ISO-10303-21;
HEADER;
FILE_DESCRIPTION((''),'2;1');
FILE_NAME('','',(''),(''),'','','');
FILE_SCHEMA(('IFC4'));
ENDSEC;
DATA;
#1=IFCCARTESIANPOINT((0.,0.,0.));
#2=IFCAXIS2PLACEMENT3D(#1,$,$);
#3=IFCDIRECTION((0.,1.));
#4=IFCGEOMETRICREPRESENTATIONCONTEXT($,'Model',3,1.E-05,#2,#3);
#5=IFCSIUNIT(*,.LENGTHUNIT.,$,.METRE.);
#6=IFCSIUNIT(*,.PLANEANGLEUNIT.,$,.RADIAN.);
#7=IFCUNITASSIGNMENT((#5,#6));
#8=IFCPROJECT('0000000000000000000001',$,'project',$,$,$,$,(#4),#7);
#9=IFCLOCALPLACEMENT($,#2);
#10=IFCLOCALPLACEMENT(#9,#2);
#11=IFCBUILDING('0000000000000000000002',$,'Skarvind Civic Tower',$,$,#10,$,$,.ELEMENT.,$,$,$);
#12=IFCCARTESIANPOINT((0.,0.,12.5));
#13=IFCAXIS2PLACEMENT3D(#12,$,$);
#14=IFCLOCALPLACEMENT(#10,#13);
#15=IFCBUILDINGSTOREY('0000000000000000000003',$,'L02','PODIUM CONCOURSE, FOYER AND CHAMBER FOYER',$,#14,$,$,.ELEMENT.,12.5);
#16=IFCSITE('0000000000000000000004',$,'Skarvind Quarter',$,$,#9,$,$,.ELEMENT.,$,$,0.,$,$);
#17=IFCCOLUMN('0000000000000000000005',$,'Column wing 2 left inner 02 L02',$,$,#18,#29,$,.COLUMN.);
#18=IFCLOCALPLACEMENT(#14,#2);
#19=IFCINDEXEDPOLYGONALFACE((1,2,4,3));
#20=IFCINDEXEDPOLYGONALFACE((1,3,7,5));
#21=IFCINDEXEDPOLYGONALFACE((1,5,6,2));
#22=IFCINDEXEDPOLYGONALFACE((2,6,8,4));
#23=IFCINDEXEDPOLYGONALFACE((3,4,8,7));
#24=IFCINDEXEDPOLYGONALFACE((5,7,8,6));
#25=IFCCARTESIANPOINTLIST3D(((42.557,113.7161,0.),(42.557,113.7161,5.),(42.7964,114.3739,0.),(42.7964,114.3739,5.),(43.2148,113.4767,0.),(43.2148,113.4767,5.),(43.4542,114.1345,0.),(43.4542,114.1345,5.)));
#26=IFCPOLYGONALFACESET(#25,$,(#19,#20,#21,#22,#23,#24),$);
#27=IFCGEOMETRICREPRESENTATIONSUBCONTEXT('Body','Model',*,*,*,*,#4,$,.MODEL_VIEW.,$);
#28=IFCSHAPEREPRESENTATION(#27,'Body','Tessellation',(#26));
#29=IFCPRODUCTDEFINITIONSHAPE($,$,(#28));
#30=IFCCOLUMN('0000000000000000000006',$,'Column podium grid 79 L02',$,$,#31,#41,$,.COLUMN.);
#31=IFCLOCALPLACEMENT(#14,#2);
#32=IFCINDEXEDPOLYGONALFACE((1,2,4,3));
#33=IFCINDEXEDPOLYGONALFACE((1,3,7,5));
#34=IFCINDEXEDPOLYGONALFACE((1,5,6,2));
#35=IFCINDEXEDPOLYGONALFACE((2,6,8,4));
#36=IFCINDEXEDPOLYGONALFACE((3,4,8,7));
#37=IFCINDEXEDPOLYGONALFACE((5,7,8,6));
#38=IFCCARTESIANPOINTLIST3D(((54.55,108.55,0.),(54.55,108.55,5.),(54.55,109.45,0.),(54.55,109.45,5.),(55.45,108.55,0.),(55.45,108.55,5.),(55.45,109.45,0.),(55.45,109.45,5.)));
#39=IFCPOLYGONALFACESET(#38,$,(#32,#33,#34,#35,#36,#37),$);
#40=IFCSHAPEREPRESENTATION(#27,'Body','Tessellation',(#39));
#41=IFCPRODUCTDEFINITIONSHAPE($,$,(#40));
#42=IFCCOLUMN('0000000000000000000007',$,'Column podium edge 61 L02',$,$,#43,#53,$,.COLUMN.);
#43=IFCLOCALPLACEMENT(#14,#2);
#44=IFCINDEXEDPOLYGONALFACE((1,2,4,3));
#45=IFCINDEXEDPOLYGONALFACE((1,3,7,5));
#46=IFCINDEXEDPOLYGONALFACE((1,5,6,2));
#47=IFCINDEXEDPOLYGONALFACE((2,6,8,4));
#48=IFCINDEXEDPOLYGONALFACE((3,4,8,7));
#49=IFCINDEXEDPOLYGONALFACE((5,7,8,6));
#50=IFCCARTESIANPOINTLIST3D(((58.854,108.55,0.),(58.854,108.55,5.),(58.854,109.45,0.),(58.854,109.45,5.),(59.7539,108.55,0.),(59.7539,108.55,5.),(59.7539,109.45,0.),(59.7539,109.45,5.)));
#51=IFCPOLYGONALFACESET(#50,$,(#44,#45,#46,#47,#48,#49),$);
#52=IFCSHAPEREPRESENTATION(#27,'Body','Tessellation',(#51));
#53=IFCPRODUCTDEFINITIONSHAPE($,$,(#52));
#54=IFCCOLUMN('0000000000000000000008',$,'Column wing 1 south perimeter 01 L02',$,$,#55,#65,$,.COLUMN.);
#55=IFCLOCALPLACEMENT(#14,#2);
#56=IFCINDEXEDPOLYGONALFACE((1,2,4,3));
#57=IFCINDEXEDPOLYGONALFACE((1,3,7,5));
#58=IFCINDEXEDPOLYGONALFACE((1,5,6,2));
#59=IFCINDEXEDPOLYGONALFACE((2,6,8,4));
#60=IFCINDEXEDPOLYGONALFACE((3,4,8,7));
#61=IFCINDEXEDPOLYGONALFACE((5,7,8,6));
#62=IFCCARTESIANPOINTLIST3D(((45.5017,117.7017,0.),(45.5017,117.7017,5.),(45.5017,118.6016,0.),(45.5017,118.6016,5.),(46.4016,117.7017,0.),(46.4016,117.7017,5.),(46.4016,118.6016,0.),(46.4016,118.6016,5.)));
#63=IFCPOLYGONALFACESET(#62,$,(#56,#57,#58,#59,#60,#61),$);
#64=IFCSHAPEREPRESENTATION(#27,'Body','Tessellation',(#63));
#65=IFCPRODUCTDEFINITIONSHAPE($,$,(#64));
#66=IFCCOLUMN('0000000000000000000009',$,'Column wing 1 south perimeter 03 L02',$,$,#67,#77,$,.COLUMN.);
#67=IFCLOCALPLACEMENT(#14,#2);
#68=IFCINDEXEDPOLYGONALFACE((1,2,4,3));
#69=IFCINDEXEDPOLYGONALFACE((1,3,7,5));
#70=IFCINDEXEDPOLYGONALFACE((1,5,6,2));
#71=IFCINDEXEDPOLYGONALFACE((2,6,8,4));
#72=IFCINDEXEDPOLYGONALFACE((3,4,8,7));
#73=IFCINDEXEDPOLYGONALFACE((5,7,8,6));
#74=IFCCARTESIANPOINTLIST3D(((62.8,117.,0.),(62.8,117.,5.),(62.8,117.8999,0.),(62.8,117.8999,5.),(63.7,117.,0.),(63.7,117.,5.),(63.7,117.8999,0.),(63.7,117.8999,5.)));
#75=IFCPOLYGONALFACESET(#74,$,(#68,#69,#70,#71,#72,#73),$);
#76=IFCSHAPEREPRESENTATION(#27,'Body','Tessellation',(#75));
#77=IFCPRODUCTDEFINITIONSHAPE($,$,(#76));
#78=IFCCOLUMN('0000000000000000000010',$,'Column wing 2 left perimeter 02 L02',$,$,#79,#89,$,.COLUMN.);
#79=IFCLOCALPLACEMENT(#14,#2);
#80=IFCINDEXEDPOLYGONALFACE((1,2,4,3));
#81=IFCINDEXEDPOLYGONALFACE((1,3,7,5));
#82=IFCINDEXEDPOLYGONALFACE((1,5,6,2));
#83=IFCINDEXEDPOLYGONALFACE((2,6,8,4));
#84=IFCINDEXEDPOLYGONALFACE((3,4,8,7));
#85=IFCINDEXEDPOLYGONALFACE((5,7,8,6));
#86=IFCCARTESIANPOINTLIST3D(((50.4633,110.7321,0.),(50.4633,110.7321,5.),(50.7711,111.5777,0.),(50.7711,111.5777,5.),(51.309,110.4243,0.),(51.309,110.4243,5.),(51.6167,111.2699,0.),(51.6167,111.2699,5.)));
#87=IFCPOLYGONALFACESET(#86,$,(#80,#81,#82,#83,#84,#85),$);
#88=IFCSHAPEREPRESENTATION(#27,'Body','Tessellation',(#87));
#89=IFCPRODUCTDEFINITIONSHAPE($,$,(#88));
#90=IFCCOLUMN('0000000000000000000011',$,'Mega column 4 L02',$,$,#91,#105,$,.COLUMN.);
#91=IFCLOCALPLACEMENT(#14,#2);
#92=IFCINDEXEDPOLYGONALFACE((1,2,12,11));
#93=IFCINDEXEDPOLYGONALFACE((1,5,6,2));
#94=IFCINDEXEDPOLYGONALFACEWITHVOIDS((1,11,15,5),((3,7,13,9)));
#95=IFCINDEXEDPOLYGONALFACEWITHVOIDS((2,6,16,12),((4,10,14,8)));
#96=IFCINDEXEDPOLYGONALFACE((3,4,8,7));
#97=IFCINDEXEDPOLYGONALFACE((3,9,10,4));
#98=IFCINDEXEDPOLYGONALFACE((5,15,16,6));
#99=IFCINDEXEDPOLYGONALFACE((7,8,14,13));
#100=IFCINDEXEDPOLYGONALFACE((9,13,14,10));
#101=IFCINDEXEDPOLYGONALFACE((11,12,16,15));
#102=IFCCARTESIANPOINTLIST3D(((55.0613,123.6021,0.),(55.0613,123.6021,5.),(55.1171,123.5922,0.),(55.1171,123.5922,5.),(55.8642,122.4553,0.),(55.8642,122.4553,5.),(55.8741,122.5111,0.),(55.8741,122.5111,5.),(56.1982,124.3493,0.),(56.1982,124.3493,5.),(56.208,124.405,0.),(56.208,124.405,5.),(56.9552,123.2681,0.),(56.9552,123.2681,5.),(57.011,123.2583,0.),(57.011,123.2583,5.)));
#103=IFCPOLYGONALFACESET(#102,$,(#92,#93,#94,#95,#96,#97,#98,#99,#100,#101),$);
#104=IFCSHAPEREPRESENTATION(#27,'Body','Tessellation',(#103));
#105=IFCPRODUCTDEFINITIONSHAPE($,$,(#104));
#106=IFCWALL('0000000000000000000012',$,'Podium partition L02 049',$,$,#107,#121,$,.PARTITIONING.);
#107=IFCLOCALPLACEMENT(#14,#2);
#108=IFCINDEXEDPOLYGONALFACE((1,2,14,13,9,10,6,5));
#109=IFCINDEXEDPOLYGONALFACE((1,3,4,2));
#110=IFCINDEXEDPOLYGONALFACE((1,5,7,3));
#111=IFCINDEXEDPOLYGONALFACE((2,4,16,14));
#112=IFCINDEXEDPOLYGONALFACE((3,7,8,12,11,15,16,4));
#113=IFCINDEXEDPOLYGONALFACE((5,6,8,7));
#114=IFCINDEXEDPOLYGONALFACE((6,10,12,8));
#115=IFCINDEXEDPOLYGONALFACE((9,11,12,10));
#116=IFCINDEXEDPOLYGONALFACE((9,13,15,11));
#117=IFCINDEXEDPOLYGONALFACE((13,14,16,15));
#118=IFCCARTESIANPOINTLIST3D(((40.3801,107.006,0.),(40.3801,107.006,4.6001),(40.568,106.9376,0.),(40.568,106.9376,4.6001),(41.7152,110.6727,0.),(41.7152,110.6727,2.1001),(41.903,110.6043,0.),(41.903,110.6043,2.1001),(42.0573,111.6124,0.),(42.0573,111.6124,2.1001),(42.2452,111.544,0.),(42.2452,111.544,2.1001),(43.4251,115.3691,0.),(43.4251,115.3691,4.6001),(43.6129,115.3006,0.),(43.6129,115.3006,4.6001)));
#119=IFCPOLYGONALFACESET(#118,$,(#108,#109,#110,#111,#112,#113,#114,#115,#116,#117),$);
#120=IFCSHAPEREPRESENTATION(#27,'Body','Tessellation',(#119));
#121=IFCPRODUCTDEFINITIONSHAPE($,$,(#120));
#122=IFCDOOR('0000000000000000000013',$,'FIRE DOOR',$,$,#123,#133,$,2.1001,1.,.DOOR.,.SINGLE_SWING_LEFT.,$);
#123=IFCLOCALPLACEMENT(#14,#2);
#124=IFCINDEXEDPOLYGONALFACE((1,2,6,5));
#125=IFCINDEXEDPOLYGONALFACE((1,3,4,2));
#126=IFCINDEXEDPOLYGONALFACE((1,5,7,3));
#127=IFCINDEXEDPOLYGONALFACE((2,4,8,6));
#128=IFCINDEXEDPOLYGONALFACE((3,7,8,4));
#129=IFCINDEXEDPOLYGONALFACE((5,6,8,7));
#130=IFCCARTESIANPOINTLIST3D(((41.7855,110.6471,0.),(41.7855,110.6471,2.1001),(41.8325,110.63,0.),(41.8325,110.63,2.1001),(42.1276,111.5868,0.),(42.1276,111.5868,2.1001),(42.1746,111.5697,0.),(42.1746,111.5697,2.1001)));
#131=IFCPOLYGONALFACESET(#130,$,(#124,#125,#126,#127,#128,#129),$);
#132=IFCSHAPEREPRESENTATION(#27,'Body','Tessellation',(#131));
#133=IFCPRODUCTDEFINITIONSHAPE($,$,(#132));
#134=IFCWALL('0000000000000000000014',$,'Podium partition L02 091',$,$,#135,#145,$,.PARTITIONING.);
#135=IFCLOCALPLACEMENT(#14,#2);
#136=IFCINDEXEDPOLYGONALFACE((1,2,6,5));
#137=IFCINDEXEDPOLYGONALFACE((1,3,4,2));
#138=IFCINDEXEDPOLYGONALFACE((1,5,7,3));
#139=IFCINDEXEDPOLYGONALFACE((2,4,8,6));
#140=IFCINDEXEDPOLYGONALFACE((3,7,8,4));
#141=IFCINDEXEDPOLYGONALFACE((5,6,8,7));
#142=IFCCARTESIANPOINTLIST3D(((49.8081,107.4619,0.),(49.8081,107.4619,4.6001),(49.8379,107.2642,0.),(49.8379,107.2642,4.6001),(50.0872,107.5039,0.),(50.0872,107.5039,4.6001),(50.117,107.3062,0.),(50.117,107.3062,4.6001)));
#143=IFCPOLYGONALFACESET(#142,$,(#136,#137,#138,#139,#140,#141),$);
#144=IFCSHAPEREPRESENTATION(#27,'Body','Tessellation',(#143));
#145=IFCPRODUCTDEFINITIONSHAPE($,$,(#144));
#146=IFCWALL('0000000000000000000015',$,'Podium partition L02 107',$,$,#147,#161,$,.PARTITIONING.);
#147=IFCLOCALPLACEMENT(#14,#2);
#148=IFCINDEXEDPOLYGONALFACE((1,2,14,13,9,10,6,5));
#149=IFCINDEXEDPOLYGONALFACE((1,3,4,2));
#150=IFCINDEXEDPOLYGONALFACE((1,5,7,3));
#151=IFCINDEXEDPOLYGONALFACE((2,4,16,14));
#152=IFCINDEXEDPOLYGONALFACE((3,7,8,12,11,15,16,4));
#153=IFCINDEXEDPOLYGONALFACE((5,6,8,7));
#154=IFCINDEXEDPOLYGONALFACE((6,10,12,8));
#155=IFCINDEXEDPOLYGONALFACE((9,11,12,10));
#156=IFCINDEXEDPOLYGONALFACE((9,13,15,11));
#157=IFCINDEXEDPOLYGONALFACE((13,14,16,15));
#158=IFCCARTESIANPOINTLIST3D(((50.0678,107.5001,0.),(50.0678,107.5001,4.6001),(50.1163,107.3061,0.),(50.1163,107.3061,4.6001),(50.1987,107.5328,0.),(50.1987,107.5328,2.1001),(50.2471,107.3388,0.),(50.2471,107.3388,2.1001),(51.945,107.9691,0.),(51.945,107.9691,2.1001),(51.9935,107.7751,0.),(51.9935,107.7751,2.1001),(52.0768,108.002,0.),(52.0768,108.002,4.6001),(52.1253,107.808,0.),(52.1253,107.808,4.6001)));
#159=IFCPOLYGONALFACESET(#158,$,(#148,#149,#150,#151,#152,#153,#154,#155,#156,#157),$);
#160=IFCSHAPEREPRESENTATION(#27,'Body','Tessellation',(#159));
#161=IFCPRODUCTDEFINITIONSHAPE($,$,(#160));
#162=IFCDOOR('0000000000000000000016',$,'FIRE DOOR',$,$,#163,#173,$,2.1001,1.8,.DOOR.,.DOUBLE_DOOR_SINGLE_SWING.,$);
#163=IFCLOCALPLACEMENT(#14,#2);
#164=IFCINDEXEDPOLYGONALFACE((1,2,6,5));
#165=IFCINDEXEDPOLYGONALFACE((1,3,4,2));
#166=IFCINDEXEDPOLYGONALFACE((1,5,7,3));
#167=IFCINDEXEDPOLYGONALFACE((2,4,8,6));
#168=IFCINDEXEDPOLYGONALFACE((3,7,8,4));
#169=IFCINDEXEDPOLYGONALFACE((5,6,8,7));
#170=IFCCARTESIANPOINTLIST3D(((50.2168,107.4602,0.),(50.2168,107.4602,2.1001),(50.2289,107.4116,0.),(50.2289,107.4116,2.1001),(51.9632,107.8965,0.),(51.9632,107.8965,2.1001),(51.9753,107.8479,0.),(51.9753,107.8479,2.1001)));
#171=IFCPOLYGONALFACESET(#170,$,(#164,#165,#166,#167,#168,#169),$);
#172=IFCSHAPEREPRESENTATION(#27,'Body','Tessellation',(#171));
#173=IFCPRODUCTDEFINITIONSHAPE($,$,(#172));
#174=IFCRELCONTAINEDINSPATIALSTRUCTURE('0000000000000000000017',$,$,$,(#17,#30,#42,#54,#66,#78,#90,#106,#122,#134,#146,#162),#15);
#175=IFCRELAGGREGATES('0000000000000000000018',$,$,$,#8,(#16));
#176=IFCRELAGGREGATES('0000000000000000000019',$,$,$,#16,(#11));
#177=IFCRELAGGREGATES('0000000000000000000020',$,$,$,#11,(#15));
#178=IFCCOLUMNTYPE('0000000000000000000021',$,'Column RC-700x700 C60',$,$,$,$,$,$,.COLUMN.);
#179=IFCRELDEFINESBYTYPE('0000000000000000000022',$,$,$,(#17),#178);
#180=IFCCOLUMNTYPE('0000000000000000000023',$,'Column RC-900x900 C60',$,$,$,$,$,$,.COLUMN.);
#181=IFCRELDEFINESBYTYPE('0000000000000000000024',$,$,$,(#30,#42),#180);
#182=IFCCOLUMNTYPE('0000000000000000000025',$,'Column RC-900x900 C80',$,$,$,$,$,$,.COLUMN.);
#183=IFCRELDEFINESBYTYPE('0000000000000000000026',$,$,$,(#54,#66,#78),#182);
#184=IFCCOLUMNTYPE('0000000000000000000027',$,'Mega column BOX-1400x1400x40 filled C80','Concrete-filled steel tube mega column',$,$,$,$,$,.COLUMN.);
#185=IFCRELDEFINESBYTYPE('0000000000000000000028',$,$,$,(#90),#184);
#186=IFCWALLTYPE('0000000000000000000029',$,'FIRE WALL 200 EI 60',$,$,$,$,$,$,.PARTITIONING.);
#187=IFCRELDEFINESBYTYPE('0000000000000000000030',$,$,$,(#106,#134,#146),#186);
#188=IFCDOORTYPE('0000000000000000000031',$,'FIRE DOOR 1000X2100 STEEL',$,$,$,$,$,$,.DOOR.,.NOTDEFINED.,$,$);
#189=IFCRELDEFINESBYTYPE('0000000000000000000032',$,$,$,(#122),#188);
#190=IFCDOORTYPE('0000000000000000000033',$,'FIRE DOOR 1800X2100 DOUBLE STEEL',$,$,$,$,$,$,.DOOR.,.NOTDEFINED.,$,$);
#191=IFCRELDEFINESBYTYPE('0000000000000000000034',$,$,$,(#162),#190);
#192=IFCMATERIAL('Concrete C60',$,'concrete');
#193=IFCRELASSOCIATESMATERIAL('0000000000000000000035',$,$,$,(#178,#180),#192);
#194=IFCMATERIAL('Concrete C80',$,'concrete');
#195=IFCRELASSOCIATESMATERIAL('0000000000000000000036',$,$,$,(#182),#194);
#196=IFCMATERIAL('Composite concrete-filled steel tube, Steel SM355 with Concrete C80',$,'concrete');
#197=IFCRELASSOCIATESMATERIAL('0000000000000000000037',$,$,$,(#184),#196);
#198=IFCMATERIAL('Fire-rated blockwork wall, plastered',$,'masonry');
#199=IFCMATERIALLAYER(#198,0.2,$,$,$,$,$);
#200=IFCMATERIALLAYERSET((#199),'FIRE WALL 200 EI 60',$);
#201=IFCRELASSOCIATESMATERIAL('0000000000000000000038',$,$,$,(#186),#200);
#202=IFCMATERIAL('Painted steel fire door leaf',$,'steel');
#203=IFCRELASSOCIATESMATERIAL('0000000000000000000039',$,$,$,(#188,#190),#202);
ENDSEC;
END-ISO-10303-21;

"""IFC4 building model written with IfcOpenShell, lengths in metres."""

from ifc_helpers import new_model, si_unit, direction, frame, frame_2d, origin, origin_2d, place, context, subcontext, project, spatial, rectangle, hollow_rectangle, extrude, material, layer, layer_set, material_profile, profile_set, type_object, element, fill, save


model = new_model("IFC4")

# Units and contexts
model_context = context("Model", 3, precision=1e-05, world=origin(), true_north=direction((0.0, 1.0)))
body_context = subcontext(model_context, "Body", "Model", "MODEL_VIEW")
ifc_project = project(units=[si_unit("LENGTHUNIT", "METRE"), si_unit("PLANEANGLEUNIT", "RADIAN")], contexts=[model_context])

# Site, building, storey
site_placement = place(None, origin())
site = spatial("IfcSite", under=ifc_project, at=site_placement, Name="Skarvind Quarter", CompositionType="ELEMENT", RefElevation=0.0)
building_placement = place(site_placement, origin())
building = spatial("IfcBuilding", under=site, at=building_placement, Name="Skarvind Civic Tower", CompositionType="ELEMENT")
storey_placement = place(building_placement, frame((0.0, 0.0, 12.5)))
storey = spatial("IfcBuildingStorey", under=building, at=storey_placement, Name="L02", Description="PODIUM CONCOURSE, FOYER AND CHAMBER FOYER", CompositionType="ELEMENT", Elevation=12.5)

# Columns
ifc_material_1 = material(Name="Concrete C60", Category="concrete")
ifc_material_profile_1 = material_profile(ifc_material_1, rectangle(XDim=0.7, YDim=0.7, at=origin_2d()), Name="RC-700x700")
ifc_profile_set_1 = profile_set([ifc_material_profile_1], Name="Concrete C60")
column_type_1 = type_object("IfcColumnType", Name="Column RC-700x700 C60", PredefinedType="COLUMN", material=ifc_profile_set_1)
column_1_placement = place(storey_placement, frame((43.0056, 113.9253, 0.0), z_axis=(0.0, 0.0, 1.0), x_axis=(-0.34202, -0.939693, 0.0)))
element("IfcColumn", 1, at=column_1_placement, inside=storey, type_object=column_type_1, Name="Column wing 2 left inner 02 L02", PredefinedType="COLUMN", context=body_context, shape_type="SweptSolid", body=[
    extrude(rectangle(XDim=0.7, YDim=0.7, at=origin_2d()), origin(), (0.0, 0.0, 1.0), 5.0),
])
ifc_material_profile_2 = material_profile(ifc_material_1, rectangle(XDim=0.8999, YDim=0.8999, at=origin_2d()), Name="RC-900x900")
ifc_profile_set_2 = profile_set([ifc_material_profile_2], Name="Concrete C60")
column_type_2 = type_object("IfcColumnType", Name="Column RC-900x900 C60", PredefinedType="COLUMN", material=ifc_profile_set_2)
for number, where, z_axis, x_axis, name in (
    (2, (55.0, 109.0, 0.0), (0.0, 0.0, 1.0), (1.0, 0.0, 0.0), "Column podium grid 79 L02"),
    (3, (59.304, 109.0, 0.0), (0.0, 0.0, 1.0), (1.0, 0.0, 0.0), "Column podium edge 61 L02"),
):
    element("IfcColumn", number, at=place(storey_placement, frame(where, z_axis=z_axis, x_axis=x_axis)), inside=storey, type_object=column_type_2, Name=name, PredefinedType="COLUMN", context=body_context, shape_type="SweptSolid", body=[
        extrude(rectangle(XDim=0.8999, YDim=0.8999, at=origin_2d()), origin(), (0.0, 0.0, 1.0), 5.0),
    ])
ifc_material_2 = material(Name="Concrete C80", Category="concrete")
ifc_material_profile_3 = material_profile(ifc_material_2, rectangle(XDim=0.8999, YDim=0.8999, at=origin_2d()), Name="RC-900x900")
ifc_profile_set_3 = profile_set([ifc_material_profile_3], Name="Concrete C80")
column_type_3 = type_object("IfcColumnType", Name="Column RC-900x900 C80", PredefinedType="COLUMN", material=ifc_profile_set_3)
for number, where, z_axis, x_axis, name in (
    (4, (45.9517, 118.1516, 0.0), (0.0, 0.0, 1.0), (1.0, 0.0, 0.0), "Column wing 1 south perimeter 01 L02"),
    (5, (63.25, 117.45, 0.0), (0.0, 0.0, 1.0), (1.0, 0.0, 0.0), "Column wing 1 south perimeter 03 L02"),
    (6, (51.04, 111.001, 0.0), (0.0, 0.0, 1.0), (-0.34202, -0.939693, 0.0), "Column wing 2 left perimeter 02 L02"),
):
    element("IfcColumn", number, at=place(storey_placement, frame(where, z_axis=z_axis, x_axis=x_axis)), inside=storey, type_object=column_type_3, Name=name, PredefinedType="COLUMN", context=body_context, shape_type="SweptSolid", body=[
        extrude(rectangle(XDim=0.8999, YDim=0.8999, at=origin_2d()), origin(), (0.0, 0.0, 1.0), 5.0),
    ])
ifc_material_3 = material(Name="Composite concrete-filled steel tube, Steel SM355 with Concrete C80", Category="concrete")
ifc_material_profile_4 = material_profile(ifc_material_3, hollow_rectangle(XDim=1.3999, YDim=1.3999, WallThickness=0.04, at=origin_2d()), Name="BOX-1400x1400x40")
ifc_profile_set_4 = profile_set([ifc_material_profile_4], Name="Composite concrete-filled steel tube, Steel SM355 with Concrete C80")
column_type_4 = type_object("IfcColumnType", Name="Mega column BOX-1400x1400x40 filled C80", Description="Concrete-filled steel tube mega column", PredefinedType="COLUMN", material=ifc_profile_set_4)
column_2_placement = place(storey_placement, frame((56.0361, 123.4302, 0.0), z_axis=(0.0, 0.0, 1.0), x_axis=(0.573576, -0.819152, 0.0)))
element("IfcColumn", 7, at=column_2_placement, inside=storey, type_object=column_type_4, Name="Mega column 4 L02", PredefinedType="COLUMN", context=body_context, shape_type="SweptSolid", body=[
    extrude(hollow_rectangle(XDim=1.3999, YDim=1.3999, WallThickness=0.04, at=origin_2d()), origin(), (0.0, 0.0, 1.0), 5.0),
])

# Wall, opening, door
ifc_material_4 = material(Name="Fire-rated blockwork wall, plastered", Category="masonry")
ifc_layer_1 = layer(ifc_material_4, 0.2)
ifc_layer_set_1 = layer_set([ifc_layer_1], Name="FIRE WALL 200 EI 60")
wall_type_1 = type_object("IfcWallType", Name="FIRE WALL 200 EI 60", PredefinedType="PARTITIONING", material=ifc_layer_set_1)
wall_1_placement = place(storey_placement, frame((43.519, 115.335, 0.0), z_axis=(0.0, 0.0, 1.0), x_axis=(-0.342122, -0.939656, 0.0)))
wall_1 = element("IfcWall", 8, at=wall_1_placement, inside=storey, type_object=wall_type_1, Name="Podium partition L02 049", PredefinedType="PARTITIONING", context=body_context, shape_type="SweptSolid", body=[
    extrude(rectangle(XDim=8.9001, YDim=0.2, at=frame_2d((4.4502, 0.0))), origin(), (0.0, 0.0, 1.0), 4.6001),
])
opening_1_placement = place(wall_1_placement, frame((3.998, 0.0, 0.0)))
opening_1 = element("IfcOpeningElement", 9, at=opening_1_placement, cuts=wall_1, PredefinedType="OPENING", context=body_context, shape_type="SweptSolid", body=[
    extrude(rectangle(XDim=1.0, YDim=2.1001, at=frame_2d((0.5, 1.05))), frame((0.0, 0.1099, 0.0), z_axis=(0.0, -1.0, 0.0), x_axis=(1.0, 0.0, 0.0)), (0.0, 0.0, 1.0), 0.22),
])
ifc_material_5 = material(Name="Painted steel fire door leaf", Category="steel")
door_type_1 = type_object("IfcDoorType", Name="FIRE DOOR 1000X2100 STEEL", OperationType="NOTDEFINED", PredefinedType="DOOR", material=ifc_material_5)
door_1_placement = place(opening_1_placement, origin())
door_1 = element("IfcDoor", 10, at=door_1_placement, inside=storey, type_object=door_type_1, Name="FIRE DOOR", OperationType="SINGLE_SWING_LEFT", OverallHeight=2.1001, OverallWidth=1.0, PredefinedType="DOOR", context=body_context, shape_type="SweptSolid", body=[
    extrude(rectangle(XDim=1.0, YDim=2.1001, at=frame_2d((0.5, 1.05))), frame((0.0, 0.0249, 0.0), z_axis=(0.0, -1.0, 0.0), x_axis=(1.0, 0.0, 0.0)), (0.0, 0.0, 1.0), 0.05),
])
fill(opening_1, door_1)

# Wall
wall_2_placement = place(storey_placement, frame((49.823, 107.363, 0.0), z_axis=(0.0, 0.0, 1.0), x_axis=(0.988866, 0.148806, 0.0)))
element("IfcWall", 11, at=wall_2_placement, inside=storey, type_object=wall_type_1, Name="Podium partition L02 091", PredefinedType="PARTITIONING", context=body_context, shape_type="SweptSolid", body=[
    extrude(rectangle(XDim=0.2822, YDim=0.2, at=frame_2d((0.1411, 0.0))), origin(), (0.0, 0.0, 1.0), 4.6001),
])

# Wall, opening, door
wall_3_placement = place(storey_placement, frame((52.1011, 107.905, 0.0), z_axis=(0.0, 0.0, 1.0), x_axis=(-0.970177, -0.242397, 0.0)))
wall_3 = element("IfcWall", 12, at=wall_3_placement, inside=storey, type_object=wall_type_1, Name="Podium partition L02 107", PredefinedType="PARTITIONING", context=body_context, shape_type="SweptSolid", body=[
    extrude(rectangle(XDim=2.0708, YDim=0.2, at=frame_2d((1.0354, 0.0))), origin(), (0.0, 0.0, 1.0), 4.6001),
])
opening_2_placement = place(wall_3_placement, frame((0.136, 0.0, 0.0)))
opening_2 = element("IfcOpeningElement", 13, at=opening_2_placement, cuts=wall_3, PredefinedType="OPENING", context=body_context, shape_type="SweptSolid", body=[
    extrude(rectangle(XDim=1.8, YDim=2.1001, at=frame_2d((0.8999, 1.05))), frame((0.0, 0.1099, 0.0), z_axis=(0.0, -1.0, 0.0), x_axis=(1.0, 0.0, 0.0)), (0.0, 0.0, 1.0), 0.22),
])
door_type_2 = type_object("IfcDoorType", Name="FIRE DOOR 1800X2100 DOUBLE STEEL", OperationType="NOTDEFINED", PredefinedType="DOOR", material=ifc_material_5)
door_2_placement = place(opening_2_placement, origin())
door_2 = element("IfcDoor", 14, at=door_2_placement, inside=storey, type_object=door_type_2, Name="FIRE DOOR", OperationType="DOUBLE_DOOR_SINGLE_SWING", OverallHeight=2.1001, OverallWidth=1.8, PredefinedType="DOOR", context=body_context, shape_type="SweptSolid", body=[
    extrude(rectangle(XDim=1.8, YDim=2.1001, at=frame_2d((0.8999, 1.05))), frame((0.0, 0.0249, 0.0), z_axis=(0.0, -1.0, 0.0), x_axis=(1.0, 0.0, 0.0)), (0.0, 0.0, 1.0), 0.05),
])
fill(opening_2, door_2)

save(model, "model.ifc")
